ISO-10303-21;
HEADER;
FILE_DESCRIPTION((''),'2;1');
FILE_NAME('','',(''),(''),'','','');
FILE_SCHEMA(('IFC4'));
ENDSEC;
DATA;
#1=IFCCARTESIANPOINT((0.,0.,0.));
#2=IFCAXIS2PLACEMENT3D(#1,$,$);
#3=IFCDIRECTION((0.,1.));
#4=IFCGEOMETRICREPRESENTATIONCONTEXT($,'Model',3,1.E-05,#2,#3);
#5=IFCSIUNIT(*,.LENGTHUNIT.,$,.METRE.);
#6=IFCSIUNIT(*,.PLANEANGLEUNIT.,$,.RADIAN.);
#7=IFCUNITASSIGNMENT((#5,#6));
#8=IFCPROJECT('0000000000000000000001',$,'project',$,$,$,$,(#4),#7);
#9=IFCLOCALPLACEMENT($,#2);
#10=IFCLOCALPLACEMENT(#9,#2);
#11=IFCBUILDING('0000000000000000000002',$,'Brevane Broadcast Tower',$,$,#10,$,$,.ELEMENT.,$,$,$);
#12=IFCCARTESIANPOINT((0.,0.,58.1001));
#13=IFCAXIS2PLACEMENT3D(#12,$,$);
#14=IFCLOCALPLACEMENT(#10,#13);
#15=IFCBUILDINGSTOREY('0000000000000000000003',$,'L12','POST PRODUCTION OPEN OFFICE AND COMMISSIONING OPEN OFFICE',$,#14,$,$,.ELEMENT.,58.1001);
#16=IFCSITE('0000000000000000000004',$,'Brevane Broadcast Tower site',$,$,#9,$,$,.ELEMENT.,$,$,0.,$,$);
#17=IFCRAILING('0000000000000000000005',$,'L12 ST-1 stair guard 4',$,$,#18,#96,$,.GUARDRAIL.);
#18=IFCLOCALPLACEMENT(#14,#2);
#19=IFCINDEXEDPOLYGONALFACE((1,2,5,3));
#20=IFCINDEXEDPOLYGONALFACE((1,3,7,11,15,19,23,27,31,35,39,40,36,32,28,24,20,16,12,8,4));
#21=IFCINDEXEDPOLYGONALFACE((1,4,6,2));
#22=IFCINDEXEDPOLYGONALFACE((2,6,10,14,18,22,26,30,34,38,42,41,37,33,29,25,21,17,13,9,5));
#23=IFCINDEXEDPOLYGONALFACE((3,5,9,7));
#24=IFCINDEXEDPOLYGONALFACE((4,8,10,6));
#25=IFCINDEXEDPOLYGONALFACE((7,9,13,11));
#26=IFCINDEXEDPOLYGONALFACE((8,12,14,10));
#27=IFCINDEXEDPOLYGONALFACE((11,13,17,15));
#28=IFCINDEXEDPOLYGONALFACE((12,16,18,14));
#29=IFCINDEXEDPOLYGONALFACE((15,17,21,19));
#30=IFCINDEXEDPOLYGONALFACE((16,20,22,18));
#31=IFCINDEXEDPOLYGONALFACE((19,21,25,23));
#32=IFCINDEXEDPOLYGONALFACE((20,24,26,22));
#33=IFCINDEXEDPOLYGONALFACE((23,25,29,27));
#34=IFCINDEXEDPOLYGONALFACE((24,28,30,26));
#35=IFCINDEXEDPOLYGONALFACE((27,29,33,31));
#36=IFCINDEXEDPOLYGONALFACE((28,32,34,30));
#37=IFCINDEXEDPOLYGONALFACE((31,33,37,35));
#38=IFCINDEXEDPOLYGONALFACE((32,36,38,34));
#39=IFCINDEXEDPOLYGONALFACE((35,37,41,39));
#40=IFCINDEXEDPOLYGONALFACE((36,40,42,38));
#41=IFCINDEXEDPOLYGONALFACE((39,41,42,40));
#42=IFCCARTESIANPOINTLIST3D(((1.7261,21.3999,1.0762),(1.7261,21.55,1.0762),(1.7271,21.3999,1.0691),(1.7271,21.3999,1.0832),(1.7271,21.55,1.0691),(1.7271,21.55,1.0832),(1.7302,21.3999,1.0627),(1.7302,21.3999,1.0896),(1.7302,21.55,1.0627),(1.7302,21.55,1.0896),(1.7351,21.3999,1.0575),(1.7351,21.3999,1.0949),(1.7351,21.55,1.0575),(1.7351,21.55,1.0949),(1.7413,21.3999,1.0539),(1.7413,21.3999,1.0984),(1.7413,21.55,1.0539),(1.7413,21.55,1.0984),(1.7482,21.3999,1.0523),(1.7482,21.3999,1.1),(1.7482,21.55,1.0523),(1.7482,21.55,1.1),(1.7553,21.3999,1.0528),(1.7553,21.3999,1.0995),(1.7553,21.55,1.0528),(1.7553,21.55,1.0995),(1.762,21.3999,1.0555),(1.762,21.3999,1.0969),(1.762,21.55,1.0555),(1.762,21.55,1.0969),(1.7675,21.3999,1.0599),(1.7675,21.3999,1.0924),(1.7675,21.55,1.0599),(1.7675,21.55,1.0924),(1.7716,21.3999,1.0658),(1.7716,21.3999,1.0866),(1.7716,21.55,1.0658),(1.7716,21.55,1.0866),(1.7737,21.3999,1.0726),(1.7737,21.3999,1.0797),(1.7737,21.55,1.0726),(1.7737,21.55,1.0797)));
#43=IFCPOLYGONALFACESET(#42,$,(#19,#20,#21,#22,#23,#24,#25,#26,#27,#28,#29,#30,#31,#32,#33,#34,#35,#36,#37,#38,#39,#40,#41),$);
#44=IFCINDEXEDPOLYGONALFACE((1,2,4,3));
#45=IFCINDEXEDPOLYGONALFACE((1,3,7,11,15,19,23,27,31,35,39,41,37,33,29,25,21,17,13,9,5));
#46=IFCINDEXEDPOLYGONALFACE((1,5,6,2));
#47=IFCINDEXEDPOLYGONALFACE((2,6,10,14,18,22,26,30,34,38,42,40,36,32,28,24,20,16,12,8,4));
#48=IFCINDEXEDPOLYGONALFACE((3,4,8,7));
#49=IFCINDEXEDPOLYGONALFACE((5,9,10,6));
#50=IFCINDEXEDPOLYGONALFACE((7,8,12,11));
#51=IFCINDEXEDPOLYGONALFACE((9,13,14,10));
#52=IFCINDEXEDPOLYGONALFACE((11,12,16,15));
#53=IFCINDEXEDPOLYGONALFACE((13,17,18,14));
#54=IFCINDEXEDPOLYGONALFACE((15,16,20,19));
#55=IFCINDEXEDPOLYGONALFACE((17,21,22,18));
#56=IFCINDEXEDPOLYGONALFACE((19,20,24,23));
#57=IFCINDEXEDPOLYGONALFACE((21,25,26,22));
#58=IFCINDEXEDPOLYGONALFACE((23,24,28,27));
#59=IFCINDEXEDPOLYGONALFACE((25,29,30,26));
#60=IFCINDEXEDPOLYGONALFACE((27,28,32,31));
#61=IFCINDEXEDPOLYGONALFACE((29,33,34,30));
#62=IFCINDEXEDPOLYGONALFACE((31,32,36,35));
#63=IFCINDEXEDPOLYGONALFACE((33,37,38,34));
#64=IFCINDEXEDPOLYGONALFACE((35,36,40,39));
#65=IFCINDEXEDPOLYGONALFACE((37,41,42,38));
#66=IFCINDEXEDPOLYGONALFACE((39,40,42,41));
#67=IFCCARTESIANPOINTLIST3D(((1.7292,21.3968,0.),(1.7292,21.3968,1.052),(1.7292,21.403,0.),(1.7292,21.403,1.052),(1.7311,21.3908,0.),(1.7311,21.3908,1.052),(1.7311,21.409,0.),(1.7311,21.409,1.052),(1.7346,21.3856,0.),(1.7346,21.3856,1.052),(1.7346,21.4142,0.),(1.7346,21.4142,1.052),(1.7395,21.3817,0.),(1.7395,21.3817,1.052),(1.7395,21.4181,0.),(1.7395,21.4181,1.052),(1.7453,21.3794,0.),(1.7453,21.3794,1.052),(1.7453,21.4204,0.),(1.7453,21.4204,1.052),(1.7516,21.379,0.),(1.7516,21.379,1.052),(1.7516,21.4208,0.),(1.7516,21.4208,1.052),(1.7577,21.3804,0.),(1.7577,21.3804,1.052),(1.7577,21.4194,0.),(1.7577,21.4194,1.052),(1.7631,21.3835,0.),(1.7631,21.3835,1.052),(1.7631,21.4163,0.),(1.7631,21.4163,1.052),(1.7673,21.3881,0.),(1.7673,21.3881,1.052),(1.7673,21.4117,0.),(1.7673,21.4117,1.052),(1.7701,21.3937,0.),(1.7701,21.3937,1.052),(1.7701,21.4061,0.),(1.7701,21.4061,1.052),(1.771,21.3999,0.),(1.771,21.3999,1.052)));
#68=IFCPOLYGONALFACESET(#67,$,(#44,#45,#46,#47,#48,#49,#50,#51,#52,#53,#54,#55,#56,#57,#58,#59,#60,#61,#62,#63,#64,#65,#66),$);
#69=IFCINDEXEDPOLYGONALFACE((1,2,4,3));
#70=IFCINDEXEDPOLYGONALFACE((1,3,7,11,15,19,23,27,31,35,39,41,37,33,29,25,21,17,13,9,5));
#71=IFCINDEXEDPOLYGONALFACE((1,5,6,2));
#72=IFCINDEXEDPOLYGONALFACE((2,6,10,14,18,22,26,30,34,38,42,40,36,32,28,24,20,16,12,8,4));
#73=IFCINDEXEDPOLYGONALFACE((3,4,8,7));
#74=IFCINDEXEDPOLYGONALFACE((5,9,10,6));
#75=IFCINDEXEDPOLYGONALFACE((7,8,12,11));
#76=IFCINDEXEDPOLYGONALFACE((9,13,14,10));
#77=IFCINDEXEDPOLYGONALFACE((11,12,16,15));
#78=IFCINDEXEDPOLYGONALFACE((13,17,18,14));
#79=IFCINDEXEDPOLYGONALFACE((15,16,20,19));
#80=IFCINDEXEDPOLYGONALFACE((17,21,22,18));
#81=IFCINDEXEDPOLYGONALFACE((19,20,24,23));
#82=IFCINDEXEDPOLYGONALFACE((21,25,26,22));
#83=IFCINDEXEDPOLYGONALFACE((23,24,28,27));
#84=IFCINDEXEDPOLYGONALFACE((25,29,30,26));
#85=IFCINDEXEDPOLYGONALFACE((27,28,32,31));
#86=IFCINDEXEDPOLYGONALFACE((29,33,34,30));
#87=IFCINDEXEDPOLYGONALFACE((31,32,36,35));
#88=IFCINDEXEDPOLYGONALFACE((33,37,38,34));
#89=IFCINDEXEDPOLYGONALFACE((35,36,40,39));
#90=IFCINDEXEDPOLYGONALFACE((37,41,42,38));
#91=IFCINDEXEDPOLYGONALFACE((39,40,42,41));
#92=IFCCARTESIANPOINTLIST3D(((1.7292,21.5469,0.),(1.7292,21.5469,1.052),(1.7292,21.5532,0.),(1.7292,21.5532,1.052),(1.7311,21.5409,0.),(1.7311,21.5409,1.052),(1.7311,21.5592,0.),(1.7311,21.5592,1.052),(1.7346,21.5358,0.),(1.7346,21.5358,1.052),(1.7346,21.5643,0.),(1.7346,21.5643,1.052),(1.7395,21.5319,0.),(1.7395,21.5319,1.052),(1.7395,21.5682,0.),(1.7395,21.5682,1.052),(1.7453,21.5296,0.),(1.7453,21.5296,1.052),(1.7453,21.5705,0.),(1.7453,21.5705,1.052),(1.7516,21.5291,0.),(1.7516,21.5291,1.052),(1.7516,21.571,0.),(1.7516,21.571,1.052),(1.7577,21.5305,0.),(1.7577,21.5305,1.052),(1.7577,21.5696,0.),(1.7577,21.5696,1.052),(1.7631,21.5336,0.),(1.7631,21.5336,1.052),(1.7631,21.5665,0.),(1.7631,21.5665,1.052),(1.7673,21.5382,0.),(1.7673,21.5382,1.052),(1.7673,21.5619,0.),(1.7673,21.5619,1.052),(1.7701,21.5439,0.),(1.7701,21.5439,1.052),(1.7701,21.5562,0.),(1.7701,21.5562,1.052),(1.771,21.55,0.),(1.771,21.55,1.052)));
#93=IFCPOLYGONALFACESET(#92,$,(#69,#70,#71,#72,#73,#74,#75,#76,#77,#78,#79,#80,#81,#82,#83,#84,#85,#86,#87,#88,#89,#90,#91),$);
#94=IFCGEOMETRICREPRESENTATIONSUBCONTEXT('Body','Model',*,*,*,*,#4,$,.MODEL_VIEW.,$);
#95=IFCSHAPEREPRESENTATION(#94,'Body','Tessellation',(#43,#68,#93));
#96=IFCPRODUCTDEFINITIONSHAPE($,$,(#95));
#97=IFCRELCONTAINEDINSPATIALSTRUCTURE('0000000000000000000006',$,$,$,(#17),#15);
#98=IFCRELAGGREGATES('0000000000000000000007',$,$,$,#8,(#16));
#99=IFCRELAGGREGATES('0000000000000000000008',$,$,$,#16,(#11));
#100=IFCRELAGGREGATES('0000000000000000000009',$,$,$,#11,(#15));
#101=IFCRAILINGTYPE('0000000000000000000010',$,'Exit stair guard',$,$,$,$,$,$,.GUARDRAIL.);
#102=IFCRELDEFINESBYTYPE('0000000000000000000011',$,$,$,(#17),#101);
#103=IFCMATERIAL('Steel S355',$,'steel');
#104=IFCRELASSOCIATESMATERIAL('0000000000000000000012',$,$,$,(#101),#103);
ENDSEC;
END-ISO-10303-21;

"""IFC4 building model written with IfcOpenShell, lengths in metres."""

from ifc_helpers import new_model, si_unit, direction, frame, origin, origin_2d, place, context, subcontext, project, spatial, circle, extrude, material, type_object, element, save


model = new_model("IFC4")

# Units and contexts
model_context = context("Model", 3, precision=1e-05, world=origin(), true_north=direction((0.0, 1.0)))
body_context = subcontext(model_context, "Body", "Model", "MODEL_VIEW")
ifc_project = project(units=[si_unit("LENGTHUNIT", "METRE"), si_unit("PLANEANGLEUNIT", "RADIAN")], contexts=[model_context])

# Site, building, storey
site_placement = place(None, origin())
site = spatial("IfcSite", under=ifc_project, at=site_placement, Name="Brevane Broadcast Tower site", CompositionType="ELEMENT", RefElevation=0.0)
building_placement = place(site_placement, origin())
building = spatial("IfcBuilding", under=site, at=building_placement, Name="Brevane Broadcast Tower", CompositionType="ELEMENT")
storey_placement = place(building_placement, frame((0.0, 0.0, 58.1001)))
storey = spatial("IfcBuildingStorey", under=building, at=storey_placement, Name="L12", Description="POST PRODUCTION OPEN OFFICE AND COMMISSIONING OPEN OFFICE", CompositionType="ELEMENT", Elevation=58.1001)

# Railing
ifc_material_1 = material(Name="Steel S355", Category="steel")
railing_type_1 = type_object("IfcRailingType", Name="Exit stair guard", PredefinedType="GUARDRAIL", material=ifc_material_1)
railing_1_placement = place(storey_placement, frame((1.75, 21.3999, 0.0)))
element("IfcRailing", 1, at=railing_1_placement, inside=storey, type_object=railing_type_1, Name="L12 ST-1 stair guard 4", PredefinedType="GUARDRAIL", context=body_context, shape_type="SweptSolid", body=[
    extrude(circle(Radius=0.0239, at=origin_2d()), frame((0.0, 0.0, 1.0762), z_axis=(0.0, 1.0, 0.0), x_axis=(-1.0, 0.0, 0.0)), (0.0, 0.0, 1.0), 0.1501),
    extrude(circle(Radius=0.021, at=origin_2d()), origin(), (0.0, 0.0, 1.0), 1.052),
    extrude(circle(Radius=0.021, at=origin_2d()), frame((0.0, 0.1501, 0.0)), (0.0, 0.0, 1.0), 1.052),
])

save(model, "model.ifc")
